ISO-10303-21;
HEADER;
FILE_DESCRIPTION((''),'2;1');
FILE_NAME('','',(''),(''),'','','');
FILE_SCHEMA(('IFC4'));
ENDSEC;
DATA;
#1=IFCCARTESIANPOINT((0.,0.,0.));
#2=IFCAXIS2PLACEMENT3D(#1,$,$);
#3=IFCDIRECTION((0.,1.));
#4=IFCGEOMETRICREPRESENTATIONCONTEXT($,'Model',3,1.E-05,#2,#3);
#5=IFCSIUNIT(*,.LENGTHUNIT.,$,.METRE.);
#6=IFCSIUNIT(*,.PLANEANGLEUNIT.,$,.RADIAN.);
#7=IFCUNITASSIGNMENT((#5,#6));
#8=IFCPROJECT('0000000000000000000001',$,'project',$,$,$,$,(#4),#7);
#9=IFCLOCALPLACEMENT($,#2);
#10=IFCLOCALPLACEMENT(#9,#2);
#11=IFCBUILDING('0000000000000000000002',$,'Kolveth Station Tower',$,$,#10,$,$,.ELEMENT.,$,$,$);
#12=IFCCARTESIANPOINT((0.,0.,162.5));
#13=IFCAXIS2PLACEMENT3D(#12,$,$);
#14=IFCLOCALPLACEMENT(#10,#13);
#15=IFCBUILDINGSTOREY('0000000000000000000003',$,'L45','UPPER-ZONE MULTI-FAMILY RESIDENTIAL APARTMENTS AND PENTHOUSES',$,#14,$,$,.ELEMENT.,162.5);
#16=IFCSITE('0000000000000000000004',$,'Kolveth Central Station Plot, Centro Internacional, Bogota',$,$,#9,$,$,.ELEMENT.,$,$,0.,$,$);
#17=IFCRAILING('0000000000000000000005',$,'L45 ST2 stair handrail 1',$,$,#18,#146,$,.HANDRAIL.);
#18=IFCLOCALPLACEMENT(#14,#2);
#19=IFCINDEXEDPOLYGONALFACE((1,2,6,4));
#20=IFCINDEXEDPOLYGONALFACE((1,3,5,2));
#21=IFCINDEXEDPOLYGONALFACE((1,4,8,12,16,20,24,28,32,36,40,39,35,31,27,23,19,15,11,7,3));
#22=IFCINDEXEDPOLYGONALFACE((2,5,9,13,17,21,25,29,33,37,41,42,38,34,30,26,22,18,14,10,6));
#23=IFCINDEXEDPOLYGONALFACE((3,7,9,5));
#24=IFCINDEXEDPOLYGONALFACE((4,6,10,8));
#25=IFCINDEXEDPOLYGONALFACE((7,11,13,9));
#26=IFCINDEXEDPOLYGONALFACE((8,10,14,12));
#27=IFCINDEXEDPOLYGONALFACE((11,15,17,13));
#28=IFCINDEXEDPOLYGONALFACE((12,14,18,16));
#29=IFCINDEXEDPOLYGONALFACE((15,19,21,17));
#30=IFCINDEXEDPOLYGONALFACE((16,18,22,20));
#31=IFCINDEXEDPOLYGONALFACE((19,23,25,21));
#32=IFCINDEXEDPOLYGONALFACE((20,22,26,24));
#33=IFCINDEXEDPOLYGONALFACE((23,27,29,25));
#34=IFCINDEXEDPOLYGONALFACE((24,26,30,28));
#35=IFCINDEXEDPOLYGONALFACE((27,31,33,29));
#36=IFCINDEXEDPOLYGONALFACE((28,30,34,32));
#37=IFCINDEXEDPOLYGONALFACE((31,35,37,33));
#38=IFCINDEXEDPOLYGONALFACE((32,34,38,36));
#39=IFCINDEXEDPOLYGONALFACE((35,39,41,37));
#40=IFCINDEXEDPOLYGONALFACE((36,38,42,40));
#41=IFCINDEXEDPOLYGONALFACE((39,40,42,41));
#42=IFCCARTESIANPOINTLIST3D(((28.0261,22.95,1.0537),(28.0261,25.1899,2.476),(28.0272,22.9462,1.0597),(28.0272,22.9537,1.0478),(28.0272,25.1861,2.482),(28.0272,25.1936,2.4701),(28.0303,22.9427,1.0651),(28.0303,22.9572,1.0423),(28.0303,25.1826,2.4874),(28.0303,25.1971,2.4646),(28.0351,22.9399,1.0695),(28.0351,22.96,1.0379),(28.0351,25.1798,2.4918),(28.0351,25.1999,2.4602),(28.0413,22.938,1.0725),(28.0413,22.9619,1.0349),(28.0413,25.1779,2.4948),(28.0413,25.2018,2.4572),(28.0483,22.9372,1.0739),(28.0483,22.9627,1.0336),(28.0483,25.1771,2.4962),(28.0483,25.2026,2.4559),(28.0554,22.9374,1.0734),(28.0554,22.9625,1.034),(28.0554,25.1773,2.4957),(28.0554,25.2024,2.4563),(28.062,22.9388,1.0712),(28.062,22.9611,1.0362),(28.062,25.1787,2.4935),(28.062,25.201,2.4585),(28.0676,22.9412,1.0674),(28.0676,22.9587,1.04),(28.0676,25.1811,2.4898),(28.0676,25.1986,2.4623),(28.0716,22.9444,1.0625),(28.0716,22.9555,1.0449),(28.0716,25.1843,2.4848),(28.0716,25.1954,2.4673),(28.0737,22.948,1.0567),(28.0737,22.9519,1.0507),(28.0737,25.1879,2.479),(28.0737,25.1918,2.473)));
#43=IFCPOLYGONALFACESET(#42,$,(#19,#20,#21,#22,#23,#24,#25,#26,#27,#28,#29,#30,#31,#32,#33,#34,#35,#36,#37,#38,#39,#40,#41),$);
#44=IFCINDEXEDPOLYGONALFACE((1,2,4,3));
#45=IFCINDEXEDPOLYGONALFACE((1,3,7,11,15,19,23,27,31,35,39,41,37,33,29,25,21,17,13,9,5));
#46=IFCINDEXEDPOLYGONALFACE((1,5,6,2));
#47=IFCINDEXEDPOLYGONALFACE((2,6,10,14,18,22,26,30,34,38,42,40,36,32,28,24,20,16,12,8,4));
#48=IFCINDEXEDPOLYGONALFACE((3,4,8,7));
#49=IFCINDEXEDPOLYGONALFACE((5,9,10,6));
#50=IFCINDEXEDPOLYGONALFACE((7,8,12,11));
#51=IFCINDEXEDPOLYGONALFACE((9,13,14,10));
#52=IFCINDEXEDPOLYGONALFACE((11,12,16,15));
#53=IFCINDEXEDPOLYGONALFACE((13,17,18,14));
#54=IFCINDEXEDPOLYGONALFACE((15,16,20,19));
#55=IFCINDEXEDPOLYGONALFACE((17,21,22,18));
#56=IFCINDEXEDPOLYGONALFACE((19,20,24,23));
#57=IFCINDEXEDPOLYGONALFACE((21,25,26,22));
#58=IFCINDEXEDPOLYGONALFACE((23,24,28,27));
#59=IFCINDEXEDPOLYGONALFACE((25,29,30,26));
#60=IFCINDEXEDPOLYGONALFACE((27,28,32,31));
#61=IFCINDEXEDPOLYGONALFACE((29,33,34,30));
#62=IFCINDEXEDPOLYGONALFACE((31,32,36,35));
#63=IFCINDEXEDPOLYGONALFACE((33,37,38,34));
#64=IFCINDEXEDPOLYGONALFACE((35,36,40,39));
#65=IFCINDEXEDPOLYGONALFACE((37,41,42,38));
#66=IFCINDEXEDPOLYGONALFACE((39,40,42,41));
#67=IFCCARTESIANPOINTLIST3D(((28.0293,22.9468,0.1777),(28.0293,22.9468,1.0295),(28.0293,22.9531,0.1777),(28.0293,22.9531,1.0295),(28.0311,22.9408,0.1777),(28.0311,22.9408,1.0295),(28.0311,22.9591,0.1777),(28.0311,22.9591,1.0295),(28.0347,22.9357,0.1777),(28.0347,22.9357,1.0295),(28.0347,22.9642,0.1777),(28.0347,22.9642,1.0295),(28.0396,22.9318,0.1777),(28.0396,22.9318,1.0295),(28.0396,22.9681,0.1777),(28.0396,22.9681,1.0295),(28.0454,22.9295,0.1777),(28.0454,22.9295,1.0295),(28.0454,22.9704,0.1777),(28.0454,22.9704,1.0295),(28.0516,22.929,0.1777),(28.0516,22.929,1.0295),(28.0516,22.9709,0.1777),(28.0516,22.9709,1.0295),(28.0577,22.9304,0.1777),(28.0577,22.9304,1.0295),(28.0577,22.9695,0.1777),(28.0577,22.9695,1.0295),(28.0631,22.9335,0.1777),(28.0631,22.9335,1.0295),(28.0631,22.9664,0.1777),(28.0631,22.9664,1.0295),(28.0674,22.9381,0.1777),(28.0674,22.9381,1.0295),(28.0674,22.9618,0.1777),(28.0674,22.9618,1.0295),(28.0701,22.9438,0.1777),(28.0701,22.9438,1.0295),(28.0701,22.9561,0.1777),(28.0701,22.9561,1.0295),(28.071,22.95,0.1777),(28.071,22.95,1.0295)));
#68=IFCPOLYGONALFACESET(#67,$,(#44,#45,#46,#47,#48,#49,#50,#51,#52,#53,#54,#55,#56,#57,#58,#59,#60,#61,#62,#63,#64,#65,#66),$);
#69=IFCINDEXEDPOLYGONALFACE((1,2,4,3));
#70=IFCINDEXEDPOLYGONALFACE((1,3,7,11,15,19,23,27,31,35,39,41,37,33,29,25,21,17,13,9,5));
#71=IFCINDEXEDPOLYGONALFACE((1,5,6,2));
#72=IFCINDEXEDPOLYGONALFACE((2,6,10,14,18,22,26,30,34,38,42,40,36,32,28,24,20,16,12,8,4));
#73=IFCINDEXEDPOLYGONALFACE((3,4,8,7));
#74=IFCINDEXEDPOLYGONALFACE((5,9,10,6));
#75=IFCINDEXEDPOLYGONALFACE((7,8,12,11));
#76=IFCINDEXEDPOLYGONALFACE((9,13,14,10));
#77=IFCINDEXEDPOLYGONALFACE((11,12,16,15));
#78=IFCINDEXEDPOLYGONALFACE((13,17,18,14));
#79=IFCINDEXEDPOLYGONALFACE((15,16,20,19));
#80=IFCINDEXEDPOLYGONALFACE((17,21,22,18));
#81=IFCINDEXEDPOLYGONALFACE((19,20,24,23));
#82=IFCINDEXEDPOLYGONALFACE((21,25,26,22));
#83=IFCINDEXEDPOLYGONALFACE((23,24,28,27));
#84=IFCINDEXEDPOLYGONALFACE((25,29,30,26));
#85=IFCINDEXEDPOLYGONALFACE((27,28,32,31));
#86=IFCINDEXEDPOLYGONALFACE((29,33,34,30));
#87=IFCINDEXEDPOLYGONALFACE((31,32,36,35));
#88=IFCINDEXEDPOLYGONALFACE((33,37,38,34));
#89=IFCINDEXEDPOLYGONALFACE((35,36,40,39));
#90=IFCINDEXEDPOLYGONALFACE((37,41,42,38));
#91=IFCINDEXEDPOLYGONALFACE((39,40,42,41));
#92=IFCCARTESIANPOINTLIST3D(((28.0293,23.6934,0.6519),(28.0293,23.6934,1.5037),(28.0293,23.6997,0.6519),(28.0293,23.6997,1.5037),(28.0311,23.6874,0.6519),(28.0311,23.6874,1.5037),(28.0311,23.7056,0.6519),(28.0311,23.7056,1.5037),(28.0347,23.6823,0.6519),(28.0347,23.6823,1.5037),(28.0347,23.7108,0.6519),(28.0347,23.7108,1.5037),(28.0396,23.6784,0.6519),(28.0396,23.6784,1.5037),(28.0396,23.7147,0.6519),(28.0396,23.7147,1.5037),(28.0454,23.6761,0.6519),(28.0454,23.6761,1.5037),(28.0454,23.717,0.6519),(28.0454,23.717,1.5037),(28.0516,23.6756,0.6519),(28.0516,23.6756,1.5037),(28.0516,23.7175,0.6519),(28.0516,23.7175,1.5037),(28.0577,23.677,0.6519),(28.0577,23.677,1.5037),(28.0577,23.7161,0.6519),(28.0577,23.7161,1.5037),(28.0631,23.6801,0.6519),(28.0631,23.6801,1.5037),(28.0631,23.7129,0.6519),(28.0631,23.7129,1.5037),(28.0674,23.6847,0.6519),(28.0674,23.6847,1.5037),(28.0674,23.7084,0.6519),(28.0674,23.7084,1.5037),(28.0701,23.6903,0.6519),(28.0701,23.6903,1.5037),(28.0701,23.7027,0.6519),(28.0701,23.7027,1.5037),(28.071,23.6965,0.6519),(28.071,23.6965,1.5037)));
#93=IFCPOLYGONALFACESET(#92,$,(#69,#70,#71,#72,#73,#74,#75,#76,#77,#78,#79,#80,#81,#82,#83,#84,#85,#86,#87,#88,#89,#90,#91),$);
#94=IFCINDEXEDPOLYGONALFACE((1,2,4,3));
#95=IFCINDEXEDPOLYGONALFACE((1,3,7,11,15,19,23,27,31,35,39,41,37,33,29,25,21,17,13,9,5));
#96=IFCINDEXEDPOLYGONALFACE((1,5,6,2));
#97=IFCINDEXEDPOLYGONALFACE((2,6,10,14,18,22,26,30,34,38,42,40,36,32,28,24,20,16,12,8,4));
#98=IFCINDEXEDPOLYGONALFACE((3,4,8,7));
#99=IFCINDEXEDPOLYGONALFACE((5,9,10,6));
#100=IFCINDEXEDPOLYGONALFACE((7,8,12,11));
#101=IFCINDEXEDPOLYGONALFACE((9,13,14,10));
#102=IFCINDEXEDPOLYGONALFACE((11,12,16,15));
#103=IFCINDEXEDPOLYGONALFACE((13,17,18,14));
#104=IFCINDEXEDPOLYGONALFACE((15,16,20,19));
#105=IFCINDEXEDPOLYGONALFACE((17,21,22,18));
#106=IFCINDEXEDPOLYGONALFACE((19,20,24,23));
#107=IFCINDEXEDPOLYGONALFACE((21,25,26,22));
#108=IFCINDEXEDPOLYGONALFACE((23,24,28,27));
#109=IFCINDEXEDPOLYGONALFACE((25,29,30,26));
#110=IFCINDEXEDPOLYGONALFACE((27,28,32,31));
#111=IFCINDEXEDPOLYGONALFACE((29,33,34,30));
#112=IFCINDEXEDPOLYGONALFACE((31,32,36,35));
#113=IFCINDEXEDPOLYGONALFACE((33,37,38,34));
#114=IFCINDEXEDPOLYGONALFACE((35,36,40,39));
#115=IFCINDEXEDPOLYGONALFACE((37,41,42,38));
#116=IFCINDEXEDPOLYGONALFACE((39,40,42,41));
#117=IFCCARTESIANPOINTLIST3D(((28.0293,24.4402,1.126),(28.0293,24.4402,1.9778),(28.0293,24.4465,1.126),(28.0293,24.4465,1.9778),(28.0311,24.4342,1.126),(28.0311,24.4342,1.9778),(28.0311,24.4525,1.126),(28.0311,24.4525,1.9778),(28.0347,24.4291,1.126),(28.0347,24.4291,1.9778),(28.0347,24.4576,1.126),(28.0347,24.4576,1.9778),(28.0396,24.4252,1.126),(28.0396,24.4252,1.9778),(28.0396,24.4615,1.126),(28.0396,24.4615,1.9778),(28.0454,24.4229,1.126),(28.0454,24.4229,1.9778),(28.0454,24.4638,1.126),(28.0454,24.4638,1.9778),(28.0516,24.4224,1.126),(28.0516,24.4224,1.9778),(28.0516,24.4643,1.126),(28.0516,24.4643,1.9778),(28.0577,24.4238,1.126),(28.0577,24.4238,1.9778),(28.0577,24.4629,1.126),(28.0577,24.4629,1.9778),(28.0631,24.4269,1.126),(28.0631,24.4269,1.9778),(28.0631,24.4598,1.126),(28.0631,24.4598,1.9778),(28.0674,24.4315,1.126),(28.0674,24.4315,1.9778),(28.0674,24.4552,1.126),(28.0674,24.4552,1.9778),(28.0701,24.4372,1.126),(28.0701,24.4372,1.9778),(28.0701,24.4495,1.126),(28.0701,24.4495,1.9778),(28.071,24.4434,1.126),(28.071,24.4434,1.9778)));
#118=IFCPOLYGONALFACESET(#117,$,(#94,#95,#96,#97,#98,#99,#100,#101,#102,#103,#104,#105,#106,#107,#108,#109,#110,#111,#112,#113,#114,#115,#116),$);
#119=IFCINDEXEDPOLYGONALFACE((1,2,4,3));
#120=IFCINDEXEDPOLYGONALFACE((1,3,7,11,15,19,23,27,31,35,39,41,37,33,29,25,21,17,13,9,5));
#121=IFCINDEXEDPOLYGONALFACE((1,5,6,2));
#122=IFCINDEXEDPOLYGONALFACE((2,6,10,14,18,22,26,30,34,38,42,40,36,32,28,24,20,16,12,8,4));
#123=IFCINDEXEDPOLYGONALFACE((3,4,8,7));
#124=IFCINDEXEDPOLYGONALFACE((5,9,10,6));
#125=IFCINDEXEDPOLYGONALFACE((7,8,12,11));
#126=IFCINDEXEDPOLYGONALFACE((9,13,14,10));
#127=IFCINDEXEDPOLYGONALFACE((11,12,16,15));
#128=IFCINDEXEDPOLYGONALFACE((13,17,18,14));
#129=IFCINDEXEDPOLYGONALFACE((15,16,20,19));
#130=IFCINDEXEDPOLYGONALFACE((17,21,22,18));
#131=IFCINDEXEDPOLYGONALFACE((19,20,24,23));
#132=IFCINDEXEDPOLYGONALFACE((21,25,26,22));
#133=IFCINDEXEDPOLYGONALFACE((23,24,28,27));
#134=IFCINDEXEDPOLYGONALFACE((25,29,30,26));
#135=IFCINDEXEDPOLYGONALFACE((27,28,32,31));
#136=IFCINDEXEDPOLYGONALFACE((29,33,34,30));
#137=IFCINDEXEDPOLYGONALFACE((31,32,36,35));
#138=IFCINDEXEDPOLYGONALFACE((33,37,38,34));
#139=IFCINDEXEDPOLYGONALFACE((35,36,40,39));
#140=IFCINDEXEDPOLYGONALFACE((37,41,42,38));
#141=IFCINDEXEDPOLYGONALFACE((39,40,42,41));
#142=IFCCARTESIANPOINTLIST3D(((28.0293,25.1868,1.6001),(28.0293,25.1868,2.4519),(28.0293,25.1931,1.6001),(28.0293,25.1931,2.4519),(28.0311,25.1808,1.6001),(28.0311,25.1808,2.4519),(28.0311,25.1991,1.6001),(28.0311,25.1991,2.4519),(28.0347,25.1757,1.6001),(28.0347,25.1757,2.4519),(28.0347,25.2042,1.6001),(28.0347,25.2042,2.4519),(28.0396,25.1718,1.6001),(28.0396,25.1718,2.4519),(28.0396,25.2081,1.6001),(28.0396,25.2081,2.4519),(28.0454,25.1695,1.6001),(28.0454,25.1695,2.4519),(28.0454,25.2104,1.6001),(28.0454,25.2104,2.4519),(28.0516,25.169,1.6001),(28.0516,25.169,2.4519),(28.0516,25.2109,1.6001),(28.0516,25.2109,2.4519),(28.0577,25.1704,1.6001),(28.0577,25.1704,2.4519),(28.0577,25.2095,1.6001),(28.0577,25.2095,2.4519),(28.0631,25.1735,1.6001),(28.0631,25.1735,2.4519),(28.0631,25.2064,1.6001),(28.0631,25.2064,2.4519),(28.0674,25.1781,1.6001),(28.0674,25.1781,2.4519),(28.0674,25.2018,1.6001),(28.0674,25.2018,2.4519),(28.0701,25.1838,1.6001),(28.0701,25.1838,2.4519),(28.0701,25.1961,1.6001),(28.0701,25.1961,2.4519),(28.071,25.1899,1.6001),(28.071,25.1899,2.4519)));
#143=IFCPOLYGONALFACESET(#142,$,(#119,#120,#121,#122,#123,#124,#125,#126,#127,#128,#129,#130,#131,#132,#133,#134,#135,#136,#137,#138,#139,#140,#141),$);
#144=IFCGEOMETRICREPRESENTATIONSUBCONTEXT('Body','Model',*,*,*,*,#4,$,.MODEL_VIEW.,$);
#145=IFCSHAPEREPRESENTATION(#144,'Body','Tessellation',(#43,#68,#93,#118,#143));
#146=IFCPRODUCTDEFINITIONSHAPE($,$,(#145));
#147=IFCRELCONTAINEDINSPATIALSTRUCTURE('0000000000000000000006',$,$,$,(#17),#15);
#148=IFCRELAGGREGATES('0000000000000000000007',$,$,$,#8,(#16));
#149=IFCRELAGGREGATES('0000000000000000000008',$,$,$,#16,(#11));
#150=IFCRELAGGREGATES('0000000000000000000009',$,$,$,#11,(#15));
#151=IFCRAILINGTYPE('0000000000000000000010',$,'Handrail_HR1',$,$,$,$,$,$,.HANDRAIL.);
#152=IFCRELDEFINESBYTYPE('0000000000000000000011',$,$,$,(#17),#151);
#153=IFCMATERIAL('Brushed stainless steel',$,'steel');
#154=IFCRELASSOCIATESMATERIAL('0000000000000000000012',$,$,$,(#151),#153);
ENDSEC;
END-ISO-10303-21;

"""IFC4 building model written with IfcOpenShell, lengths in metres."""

from ifc_helpers import new_model, si_unit, direction, frame, origin, origin_2d, place, context, subcontext, project, spatial, circle, extrude, material, type_object, element, save


model = new_model("IFC4")

# Units and contexts
model_context = context("Model", 3, precision=1e-05, world=origin(), true_north=direction((0.0, 1.0)))
body_context = subcontext(model_context, "Body", "Model", "MODEL_VIEW")
ifc_project = project(units=[si_unit("LENGTHUNIT", "METRE"), si_unit("PLANEANGLEUNIT", "RADIAN")], contexts=[model_context])

# Site, building, storey
site_placement = place(None, origin())
site = spatial("IfcSite", under=ifc_project, at=site_placement, Name="Kolveth Central Station Plot, Centro Internacional, Bogota", CompositionType="ELEMENT", RefElevation=0.0)
building_placement = place(site_placement, origin())
building = spatial("IfcBuilding", under=site, at=building_placement, Name="Kolveth Station Tower", CompositionType="ELEMENT")
storey_placement = place(building_placement, frame((0.0, 0.0, 162.5)))
storey = spatial("IfcBuildingStorey", under=building, at=storey_placement, Name="L45", Description="UPPER-ZONE MULTI-FAMILY RESIDENTIAL APARTMENTS AND PENTHOUSES", CompositionType="ELEMENT", Elevation=162.5)

# Railing
ifc_material_1 = material(Name="Brushed stainless steel", Category="steel")
railing_type_1 = type_object("IfcRailingType", Name="Handrail_HR1", PredefinedType="HANDRAIL", material=ifc_material_1)
for number, where, name in (
    (1, (28.05, 22.95, 0.1777), "L45 ST2 stair handrail 1"),
):
    element("IfcRailing", number, at=place(storey_placement, frame(where)), inside=storey, type_object=railing_type_1, Name=name, PredefinedType="HANDRAIL", context=body_context, shape_type="SweptSolid", body=[
        extrude(circle(Radius=0.0239, at=origin_2d()), frame((0.0, 0.0, 0.876), z_axis=(0.0, 0.844188, 0.536048), x_axis=(-1.0, 0.0, 0.0)), (0.0, 0.0, 1.0), 2.6533),
        extrude(circle(Radius=0.021, at=origin_2d()), origin(), (0.0, 0.0, 1.0), 0.8518),
        extrude(circle(Radius=0.021, at=origin_2d()), frame((0.0, 0.7466, 0.4741)), (0.0, 0.0, 1.0), 0.8518),
        extrude(circle(Radius=0.021, at=origin_2d()), frame((0.0, 1.4934, 0.9482)), (0.0, 0.0, 1.0), 0.8518),
        extrude(circle(Radius=0.021, at=origin_2d()), frame((0.0, 2.24, 1.4224)), (0.0, 0.0, 1.0), 0.8518),
    ])

save(model, "model.ifc")
